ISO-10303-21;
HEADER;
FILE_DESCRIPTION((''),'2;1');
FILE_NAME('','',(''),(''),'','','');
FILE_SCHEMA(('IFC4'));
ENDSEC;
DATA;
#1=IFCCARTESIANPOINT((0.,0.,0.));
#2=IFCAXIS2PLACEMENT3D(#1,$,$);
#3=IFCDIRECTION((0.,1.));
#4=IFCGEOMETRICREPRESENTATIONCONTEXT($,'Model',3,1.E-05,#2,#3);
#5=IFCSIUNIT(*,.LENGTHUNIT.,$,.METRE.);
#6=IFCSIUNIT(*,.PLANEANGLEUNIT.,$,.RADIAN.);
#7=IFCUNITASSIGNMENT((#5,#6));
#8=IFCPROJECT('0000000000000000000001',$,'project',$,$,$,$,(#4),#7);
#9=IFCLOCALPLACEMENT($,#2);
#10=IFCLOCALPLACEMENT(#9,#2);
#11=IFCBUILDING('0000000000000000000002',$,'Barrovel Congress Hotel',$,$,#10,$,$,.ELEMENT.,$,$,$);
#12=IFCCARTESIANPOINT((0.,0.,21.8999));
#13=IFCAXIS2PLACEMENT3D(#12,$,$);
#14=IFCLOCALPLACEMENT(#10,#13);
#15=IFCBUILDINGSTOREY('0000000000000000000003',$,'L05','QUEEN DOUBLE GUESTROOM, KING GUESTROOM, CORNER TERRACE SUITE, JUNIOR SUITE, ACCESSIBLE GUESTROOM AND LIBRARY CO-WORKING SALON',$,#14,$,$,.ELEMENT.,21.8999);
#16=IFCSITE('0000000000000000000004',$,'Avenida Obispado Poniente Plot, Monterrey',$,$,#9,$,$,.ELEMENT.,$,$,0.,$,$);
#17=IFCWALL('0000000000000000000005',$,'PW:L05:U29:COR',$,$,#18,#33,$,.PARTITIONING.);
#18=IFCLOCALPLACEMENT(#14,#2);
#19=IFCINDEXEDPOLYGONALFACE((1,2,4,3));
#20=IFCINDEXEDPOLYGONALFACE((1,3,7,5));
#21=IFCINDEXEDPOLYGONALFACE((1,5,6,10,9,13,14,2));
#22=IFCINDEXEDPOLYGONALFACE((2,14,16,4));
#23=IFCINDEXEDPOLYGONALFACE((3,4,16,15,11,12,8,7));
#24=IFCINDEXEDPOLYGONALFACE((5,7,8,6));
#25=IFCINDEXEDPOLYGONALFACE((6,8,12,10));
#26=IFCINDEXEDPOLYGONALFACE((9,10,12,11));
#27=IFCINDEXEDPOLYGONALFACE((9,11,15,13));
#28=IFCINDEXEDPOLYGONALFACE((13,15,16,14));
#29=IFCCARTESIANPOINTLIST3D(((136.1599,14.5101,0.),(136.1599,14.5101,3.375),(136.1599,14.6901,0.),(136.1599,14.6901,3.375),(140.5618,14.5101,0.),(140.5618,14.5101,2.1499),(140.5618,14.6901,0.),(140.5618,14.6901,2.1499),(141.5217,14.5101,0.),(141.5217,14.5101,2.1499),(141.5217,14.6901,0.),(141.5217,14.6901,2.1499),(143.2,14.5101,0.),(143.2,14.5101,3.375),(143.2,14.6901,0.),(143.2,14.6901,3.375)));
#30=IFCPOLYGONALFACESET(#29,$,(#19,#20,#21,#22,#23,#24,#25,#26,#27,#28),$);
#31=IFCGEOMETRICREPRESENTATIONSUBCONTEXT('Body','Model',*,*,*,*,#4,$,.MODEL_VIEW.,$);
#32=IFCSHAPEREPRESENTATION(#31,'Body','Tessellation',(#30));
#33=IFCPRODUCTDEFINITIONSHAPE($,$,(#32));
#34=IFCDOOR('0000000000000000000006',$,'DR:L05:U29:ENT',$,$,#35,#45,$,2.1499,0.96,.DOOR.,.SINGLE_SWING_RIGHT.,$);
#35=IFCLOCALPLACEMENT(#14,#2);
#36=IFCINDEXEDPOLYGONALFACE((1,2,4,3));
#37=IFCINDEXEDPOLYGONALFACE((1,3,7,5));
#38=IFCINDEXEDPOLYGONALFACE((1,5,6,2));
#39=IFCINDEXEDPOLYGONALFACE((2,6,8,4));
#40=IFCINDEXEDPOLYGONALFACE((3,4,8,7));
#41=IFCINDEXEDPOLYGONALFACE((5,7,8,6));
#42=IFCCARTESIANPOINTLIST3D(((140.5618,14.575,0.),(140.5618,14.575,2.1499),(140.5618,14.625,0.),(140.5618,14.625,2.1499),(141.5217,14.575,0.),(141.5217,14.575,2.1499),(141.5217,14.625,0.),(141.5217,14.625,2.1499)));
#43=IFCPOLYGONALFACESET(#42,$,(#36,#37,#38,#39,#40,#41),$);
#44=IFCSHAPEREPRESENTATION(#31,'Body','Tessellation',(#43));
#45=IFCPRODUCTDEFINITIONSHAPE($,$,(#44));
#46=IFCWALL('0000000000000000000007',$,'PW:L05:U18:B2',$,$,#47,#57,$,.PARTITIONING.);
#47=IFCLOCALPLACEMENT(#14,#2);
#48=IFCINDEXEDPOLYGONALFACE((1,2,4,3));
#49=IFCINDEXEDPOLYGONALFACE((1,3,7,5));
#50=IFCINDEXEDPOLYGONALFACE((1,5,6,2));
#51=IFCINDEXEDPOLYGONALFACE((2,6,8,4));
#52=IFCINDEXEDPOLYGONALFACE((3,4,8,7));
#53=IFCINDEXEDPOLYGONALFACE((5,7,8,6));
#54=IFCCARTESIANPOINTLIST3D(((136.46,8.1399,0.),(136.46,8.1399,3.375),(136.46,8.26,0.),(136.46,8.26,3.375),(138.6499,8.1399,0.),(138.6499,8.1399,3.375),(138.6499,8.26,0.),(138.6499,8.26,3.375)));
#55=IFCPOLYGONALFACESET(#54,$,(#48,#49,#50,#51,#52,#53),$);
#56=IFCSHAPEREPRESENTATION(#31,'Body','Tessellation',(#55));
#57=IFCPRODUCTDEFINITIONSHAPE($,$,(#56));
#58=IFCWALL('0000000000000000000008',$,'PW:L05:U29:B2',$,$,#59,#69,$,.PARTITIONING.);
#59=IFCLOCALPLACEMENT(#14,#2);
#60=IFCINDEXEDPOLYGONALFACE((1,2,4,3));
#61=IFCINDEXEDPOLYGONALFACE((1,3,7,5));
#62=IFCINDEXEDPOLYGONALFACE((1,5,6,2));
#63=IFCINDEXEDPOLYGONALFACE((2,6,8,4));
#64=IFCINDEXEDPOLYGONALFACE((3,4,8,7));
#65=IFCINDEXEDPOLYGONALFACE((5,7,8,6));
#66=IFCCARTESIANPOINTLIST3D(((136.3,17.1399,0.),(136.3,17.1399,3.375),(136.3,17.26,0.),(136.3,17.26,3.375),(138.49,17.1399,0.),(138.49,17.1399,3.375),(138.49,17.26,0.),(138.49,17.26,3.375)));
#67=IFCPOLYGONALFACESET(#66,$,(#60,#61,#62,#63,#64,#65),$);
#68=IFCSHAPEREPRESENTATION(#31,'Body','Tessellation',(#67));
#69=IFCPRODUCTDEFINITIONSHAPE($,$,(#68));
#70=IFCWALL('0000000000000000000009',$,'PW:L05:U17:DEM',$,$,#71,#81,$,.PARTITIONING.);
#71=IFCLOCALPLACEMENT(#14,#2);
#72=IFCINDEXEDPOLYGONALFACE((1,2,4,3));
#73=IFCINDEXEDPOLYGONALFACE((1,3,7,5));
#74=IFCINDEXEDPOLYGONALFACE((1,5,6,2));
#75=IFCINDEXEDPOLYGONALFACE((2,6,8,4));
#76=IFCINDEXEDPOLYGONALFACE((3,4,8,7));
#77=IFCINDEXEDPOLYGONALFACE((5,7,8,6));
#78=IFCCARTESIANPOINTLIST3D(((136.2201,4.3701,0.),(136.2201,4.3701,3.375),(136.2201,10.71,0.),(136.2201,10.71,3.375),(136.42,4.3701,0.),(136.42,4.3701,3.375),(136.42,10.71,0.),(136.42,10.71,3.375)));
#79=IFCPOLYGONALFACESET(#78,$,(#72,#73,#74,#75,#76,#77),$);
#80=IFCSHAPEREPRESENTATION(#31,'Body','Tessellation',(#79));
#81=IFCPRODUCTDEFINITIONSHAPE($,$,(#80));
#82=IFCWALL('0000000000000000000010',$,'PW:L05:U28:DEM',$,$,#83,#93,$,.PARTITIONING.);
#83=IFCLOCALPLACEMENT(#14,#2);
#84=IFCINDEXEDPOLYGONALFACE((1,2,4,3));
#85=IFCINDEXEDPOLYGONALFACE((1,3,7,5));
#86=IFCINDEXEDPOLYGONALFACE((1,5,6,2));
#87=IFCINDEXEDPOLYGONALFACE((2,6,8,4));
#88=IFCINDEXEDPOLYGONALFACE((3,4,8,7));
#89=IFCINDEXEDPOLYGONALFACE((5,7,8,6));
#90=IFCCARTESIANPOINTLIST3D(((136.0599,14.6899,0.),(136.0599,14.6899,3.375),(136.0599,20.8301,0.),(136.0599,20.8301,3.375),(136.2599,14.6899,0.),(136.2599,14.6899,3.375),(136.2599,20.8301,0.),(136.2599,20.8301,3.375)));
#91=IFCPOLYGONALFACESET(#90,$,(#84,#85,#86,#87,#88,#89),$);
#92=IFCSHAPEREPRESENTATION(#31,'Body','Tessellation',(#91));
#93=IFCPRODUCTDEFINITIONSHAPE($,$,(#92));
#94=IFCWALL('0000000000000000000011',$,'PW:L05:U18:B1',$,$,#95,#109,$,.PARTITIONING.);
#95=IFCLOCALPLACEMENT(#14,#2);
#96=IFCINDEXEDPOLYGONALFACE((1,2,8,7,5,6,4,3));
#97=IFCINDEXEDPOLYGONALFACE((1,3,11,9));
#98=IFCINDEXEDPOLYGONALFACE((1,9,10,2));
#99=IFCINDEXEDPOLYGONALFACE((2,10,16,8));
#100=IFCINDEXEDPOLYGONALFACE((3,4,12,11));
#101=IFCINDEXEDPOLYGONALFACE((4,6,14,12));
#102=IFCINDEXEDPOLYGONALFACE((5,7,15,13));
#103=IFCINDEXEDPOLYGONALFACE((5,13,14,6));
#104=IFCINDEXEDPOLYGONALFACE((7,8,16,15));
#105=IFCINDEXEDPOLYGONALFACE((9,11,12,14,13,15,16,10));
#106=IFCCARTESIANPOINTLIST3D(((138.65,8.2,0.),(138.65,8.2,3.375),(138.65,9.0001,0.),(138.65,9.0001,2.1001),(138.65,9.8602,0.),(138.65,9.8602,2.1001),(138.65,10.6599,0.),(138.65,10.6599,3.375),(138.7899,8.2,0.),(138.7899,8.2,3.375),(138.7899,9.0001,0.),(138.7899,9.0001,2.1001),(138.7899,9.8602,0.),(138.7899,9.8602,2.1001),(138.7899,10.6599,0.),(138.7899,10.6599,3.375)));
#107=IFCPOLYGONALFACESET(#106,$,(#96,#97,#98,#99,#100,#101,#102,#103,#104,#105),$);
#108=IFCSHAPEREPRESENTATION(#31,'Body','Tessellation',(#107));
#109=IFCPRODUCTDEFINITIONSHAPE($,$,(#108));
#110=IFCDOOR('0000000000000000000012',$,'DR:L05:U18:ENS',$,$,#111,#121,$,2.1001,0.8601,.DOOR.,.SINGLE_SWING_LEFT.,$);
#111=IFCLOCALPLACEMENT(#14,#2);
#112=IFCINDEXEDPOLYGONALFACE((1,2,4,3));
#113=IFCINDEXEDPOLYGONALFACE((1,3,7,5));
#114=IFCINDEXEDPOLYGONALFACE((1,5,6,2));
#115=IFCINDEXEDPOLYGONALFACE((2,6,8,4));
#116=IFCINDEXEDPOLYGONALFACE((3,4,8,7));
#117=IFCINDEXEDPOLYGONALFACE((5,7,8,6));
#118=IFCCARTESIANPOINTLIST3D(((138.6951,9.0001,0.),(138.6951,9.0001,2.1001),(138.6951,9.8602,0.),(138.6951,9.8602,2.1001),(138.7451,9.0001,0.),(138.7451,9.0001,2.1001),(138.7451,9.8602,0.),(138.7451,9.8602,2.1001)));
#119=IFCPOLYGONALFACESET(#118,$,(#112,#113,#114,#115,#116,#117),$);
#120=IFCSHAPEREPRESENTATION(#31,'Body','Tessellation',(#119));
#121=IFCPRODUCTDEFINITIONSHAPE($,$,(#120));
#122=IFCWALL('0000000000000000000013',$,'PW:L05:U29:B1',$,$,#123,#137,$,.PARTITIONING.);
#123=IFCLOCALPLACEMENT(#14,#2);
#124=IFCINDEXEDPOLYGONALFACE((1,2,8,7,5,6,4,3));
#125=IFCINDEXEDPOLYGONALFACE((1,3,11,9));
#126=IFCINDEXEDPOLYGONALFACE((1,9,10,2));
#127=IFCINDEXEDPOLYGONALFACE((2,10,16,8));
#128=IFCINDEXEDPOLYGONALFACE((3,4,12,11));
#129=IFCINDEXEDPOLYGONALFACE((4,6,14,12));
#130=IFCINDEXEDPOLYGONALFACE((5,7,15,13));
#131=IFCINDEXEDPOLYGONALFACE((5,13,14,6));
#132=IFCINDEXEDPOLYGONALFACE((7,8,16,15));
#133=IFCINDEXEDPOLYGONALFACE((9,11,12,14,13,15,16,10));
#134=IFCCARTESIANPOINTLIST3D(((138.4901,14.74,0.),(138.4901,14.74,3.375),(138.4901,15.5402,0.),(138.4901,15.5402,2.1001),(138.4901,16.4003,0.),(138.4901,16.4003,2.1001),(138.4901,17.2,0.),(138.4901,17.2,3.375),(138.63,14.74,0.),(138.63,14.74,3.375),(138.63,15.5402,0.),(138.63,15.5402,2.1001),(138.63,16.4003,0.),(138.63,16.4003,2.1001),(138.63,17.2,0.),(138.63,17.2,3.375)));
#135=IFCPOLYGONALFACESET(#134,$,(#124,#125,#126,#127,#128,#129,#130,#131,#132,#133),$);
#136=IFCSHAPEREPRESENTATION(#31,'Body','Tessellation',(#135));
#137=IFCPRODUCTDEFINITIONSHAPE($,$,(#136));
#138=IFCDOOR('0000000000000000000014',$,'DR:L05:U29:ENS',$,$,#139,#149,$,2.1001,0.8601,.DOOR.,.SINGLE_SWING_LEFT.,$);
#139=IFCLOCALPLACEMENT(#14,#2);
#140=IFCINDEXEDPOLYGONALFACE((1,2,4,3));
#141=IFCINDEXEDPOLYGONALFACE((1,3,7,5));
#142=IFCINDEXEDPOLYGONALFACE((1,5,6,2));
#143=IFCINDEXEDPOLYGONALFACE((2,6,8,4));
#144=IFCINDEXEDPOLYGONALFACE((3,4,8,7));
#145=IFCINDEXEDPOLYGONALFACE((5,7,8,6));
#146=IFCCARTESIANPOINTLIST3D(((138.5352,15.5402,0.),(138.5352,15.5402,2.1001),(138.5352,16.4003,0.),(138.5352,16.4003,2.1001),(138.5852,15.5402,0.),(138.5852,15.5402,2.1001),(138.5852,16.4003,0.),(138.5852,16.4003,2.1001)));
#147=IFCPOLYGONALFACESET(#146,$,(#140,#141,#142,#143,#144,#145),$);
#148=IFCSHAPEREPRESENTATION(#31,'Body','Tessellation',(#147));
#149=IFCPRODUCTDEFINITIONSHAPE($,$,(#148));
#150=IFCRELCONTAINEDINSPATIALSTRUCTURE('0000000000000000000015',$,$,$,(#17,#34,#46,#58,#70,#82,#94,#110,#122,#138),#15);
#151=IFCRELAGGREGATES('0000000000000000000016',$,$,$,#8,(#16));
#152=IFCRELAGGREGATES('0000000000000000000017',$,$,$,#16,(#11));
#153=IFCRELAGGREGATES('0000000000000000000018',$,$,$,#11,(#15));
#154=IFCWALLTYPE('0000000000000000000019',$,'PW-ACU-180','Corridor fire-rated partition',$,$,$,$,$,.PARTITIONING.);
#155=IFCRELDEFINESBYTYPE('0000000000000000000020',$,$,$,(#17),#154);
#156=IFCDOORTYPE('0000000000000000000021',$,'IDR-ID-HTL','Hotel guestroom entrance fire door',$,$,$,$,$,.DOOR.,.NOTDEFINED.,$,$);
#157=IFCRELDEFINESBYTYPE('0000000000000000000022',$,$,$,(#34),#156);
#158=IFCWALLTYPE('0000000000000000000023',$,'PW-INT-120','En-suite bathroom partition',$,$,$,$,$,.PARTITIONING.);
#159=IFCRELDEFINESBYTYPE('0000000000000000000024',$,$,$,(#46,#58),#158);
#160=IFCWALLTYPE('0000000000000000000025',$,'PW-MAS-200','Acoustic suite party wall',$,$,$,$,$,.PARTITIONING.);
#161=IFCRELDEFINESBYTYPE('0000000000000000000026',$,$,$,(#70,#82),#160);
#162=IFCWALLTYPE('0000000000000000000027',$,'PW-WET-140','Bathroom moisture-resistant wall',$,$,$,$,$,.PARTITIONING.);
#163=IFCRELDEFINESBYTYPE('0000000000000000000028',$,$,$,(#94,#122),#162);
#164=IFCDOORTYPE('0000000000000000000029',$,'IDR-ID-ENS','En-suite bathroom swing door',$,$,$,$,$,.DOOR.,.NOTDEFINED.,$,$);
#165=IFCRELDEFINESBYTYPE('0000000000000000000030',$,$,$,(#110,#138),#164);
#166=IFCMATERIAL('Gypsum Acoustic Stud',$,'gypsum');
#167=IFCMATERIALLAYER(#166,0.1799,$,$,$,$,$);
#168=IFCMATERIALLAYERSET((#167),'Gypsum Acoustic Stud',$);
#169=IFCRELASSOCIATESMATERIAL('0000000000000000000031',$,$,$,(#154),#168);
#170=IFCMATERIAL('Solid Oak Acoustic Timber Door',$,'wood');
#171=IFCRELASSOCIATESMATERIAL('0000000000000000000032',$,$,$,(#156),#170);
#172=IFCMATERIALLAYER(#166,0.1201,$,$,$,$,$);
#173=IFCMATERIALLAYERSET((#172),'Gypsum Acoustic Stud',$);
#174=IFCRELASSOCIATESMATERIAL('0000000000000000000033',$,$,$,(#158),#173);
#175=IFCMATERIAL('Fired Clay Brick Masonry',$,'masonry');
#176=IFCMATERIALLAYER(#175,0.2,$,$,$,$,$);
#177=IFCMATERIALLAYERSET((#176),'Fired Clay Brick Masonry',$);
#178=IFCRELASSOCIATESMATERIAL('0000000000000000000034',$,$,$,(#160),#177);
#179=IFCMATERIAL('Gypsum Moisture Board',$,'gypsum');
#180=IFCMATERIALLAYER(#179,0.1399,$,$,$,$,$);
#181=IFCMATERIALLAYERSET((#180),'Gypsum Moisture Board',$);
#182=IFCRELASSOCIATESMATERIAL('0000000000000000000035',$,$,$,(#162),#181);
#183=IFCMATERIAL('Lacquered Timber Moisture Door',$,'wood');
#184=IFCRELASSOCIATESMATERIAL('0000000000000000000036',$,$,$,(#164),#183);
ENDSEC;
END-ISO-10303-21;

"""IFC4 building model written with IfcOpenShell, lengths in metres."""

from ifc_helpers import new_model, si_unit, direction, frame, frame_2d, origin, place, context, subcontext, project, spatial, rectangle, extrude, material, layer, layer_set, type_object, element, fill, save


model = new_model("IFC4")

# Units and contexts
model_context = context("Model", 3, precision=1e-05, world=origin(), true_north=direction((0.0, 1.0)))
body_context = subcontext(model_context, "Body", "Model", "MODEL_VIEW")
ifc_project = project(units=[si_unit("LENGTHUNIT", "METRE"), si_unit("PLANEANGLEUNIT", "RADIAN")], contexts=[model_context])

# Site, building, storey
site_placement = place(None, origin())
site = spatial("IfcSite", under=ifc_project, at=site_placement, Name="Avenida Obispado Poniente Plot, Monterrey", CompositionType="ELEMENT", RefElevation=0.0)
building_placement = place(site_placement, origin())
building = spatial("IfcBuilding", under=site, at=building_placement, Name="Barrovel Congress Hotel", CompositionType="ELEMENT")
storey_placement = place(building_placement, frame((0.0, 0.0, 21.8999)))
storey = spatial("IfcBuildingStorey", under=building, at=storey_placement, Name="L05", Description="QUEEN DOUBLE GUESTROOM, KING GUESTROOM, CORNER TERRACE SUITE, JUNIOR SUITE, ACCESSIBLE GUESTROOM AND LIBRARY CO-WORKING SALON", CompositionType="ELEMENT", Elevation=21.8999)

# Shared definitions
ifc_material_1 = material(Name="Fired Clay Brick Masonry", Category="masonry")

# Wall, opening, door
ifc_material_2 = material(Name="Gypsum Acoustic Stud", Category="gypsum")
ifc_layer_1 = layer(ifc_material_2, 0.1799)
ifc_layer_set_1 = layer_set([ifc_layer_1], Name="Gypsum Acoustic Stud")
wall_type_1 = type_object("IfcWallType", Name="PW-ACU-180", Description="Corridor fire-rated partition", PredefinedType="PARTITIONING", material=ifc_layer_set_1)
ifc_material_3 = material(Name="Solid Oak Acoustic Timber Door", Category="wood")
door_type_1 = type_object("IfcDoorType", Name="IDR-ID-HTL", Description="Hotel guestroom entrance fire door", OperationType="NOTDEFINED", PredefinedType="DOOR", material=ifc_material_3)
wall_1_placement = place(storey_placement, frame((136.1599, 14.6001, 0.0), z_axis=(0.0, 0.0, 1.0), x_axis=(1.0, 0.0, 0.0)))
wall_1 = element("IfcWall", 1, at=wall_1_placement, inside=storey, type_object=wall_type_1, Name="PW:L05:U29:COR", PredefinedType="PARTITIONING", context=body_context, shape_type="SweptSolid", body=[
    extrude(rectangle(XDim=7.04, YDim=0.1799, at=frame_2d((3.52, 0.0))), origin(), (0.0, 0.0, 1.0), 3.375),
])
opening_1_placement = place(wall_1_placement, frame((4.4019, 0.0, 0.0)))
opening_1 = element("IfcOpeningElement", 2, at=opening_1_placement, cuts=wall_1, PredefinedType="OPENING", context=body_context, shape_type="SweptSolid", body=[
    extrude(rectangle(XDim=0.96, YDim=2.1499, at=frame_2d((0.48, 1.075))), frame((0.0, 0.1001, 0.0), z_axis=(0.0, -1.0, 0.0), x_axis=(1.0, 0.0, 0.0)), (0.0, 0.0, 1.0), 0.2),
])
door_1_placement = place(opening_1_placement, origin())
door_1 = element("IfcDoor", 3, at=door_1_placement, inside=storey, type_object=door_type_1, Name="DR:L05:U29:ENT", OperationType="SINGLE_SWING_RIGHT", OverallHeight=2.1499, OverallWidth=0.96, PredefinedType="DOOR", context=body_context, shape_type="SweptSolid", body=[
    extrude(rectangle(XDim=0.96, YDim=2.1499, at=frame_2d((0.48, 1.075))), frame((0.0, 0.0249, 0.0), z_axis=(0.0, -1.0, 0.0), x_axis=(1.0, 0.0, 0.0)), (0.0, 0.0, 1.0), 0.05),
])
fill(opening_1, door_1)

# Walls
ifc_layer_2 = layer(ifc_material_2, 0.1201)
ifc_layer_set_2 = layer_set([ifc_layer_2], Name="Gypsum Acoustic Stud")
wall_type_2 = type_object("IfcWallType", Name="PW-INT-120", Description="En-suite bathroom partition", PredefinedType="PARTITIONING", material=ifc_layer_set_2)
for number, where, z_axis, x_axis, name in (
    (4, (136.46, 8.2, 0.0), (0.0, 0.0, 1.0), (1.0, 0.0, 0.0), "PW:L05:U18:B2"),
    (5, (136.3, 17.2, 0.0), (0.0, 0.0, 1.0), (1.0, 0.0, 0.0), "PW:L05:U29:B2"),
):
    element("IfcWall", number, at=place(storey_placement, frame(where, z_axis=z_axis, x_axis=x_axis)), inside=storey, type_object=wall_type_2, Name=name, PredefinedType="PARTITIONING", context=body_context, shape_type="SweptSolid", body=[
        extrude(rectangle(XDim=2.1899, YDim=0.1201, at=frame_2d((1.095, 0.0))), origin(), (0.0, 0.0, 1.0), 3.375),
    ])
ifc_layer_3 = layer(ifc_material_1, 0.2)
ifc_layer_set_3 = layer_set([ifc_layer_3], Name="Fired Clay Brick Masonry")
wall_type_3 = type_object("IfcWallType", Name="PW-MAS-200", Description="Acoustic suite party wall", PredefinedType="PARTITIONING", material=ifc_layer_set_3)
wall_2_placement = place(storey_placement, frame((136.3201, 4.3701, 0.0), z_axis=(0.0, 0.0, 1.0), x_axis=(0.0, 1.0, 0.0)))
element("IfcWall", 6, at=wall_2_placement, inside=storey, type_object=wall_type_3, Name="PW:L05:U17:DEM", PredefinedType="PARTITIONING", context=body_context, shape_type="SweptSolid", body=[
    extrude(rectangle(XDim=6.3398, YDim=0.2, at=frame_2d((3.1699, 0.0))), origin(), (0.0, 0.0, 1.0), 3.375),
])
wall_3_placement = place(storey_placement, frame((136.1599, 14.6899, 0.0), z_axis=(0.0, 0.0, 1.0), x_axis=(0.0, 1.0, 0.0)))
element("IfcWall", 7, at=wall_3_placement, inside=storey, type_object=wall_type_3, Name="PW:L05:U28:DEM", PredefinedType="PARTITIONING", context=body_context, shape_type="SweptSolid", body=[
    extrude(rectangle(XDim=6.1401, YDim=0.2, at=frame_2d((3.0701, 0.0))), origin(), (0.0, 0.0, 1.0), 3.375),
])

# Walls, openings, doors
ifc_material_4 = material(Name="Gypsum Moisture Board", Category="gypsum")
ifc_layer_4 = layer(ifc_material_4, 0.1399)
ifc_layer_set_4 = layer_set([ifc_layer_4], Name="Gypsum Moisture Board")
wall_type_4 = type_object("IfcWallType", Name="PW-WET-140", Description="Bathroom moisture-resistant wall", PredefinedType="PARTITIONING", material=ifc_layer_set_4)
wall_4_placement = place(storey_placement, frame((138.72, 8.2, 0.0), z_axis=(0.0, 0.0, 1.0), x_axis=(0.0, 1.0, 0.0)))
wall_4 = element("IfcWall", 8, at=wall_4_placement, inside=storey, type_object=wall_type_4, Name="PW:L05:U18:B1", PredefinedType="PARTITIONING", context=body_context, shape_type="SweptSolid", body=[
    extrude(rectangle(XDim=2.46, YDim=0.1399, at=frame_2d((1.23, 0.0))), origin(), (0.0, 0.0, 1.0), 3.375),
])
opening_2_placement = place(wall_4_placement, frame((0.8, 0.0, 0.0)))
opening_2 = element("IfcOpeningElement", 9, at=opening_2_placement, cuts=wall_4, PredefinedType="OPENING", context=body_context, shape_type="SweptSolid", body=[
    extrude(rectangle(XDim=0.8601, YDim=2.1001, at=frame_2d((0.4302, 1.05))), frame((0.0, 0.0801, 0.0), z_axis=(0.0, -1.0, 0.0), x_axis=(1.0, 0.0, 0.0)), (0.0, 0.0, 1.0), 0.1599),
])
ifc_material_5 = material(Name="Lacquered Timber Moisture Door", Category="wood")
door_type_2 = type_object("IfcDoorType", Name="IDR-ID-ENS", Description="En-suite bathroom swing door", OperationType="NOTDEFINED", PredefinedType="DOOR", material=ifc_material_5)
door_2_placement = place(opening_2_placement, origin())
door_2 = element("IfcDoor", 10, at=door_2_placement, inside=storey, type_object=door_type_2, Name="DR:L05:U18:ENS", OperationType="SINGLE_SWING_LEFT", OverallHeight=2.1001, OverallWidth=0.8601, PredefinedType="DOOR", context=body_context, shape_type="SweptSolid", body=[
    extrude(rectangle(XDim=0.8601, YDim=2.1001, at=frame_2d((0.4302, 1.05))), frame((0.0, 0.0249, 0.0), z_axis=(0.0, -1.0, 0.0), x_axis=(1.0, 0.0, 0.0)), (0.0, 0.0, 1.0), 0.05),
])
fill(opening_2, door_2)
wall_5_placement = place(storey_placement, frame((138.5601, 14.74, 0.0), z_axis=(0.0, 0.0, 1.0), x_axis=(0.0, 1.0, 0.0)))
wall_5 = element("IfcWall", 11, at=wall_5_placement, inside=storey, type_object=wall_type_4, Name="PW:L05:U29:B1", PredefinedType="PARTITIONING", context=body_context, shape_type="SweptSolid", body=[
    extrude(rectangle(XDim=2.46, YDim=0.1399, at=frame_2d((1.23, 0.0))), origin(), (0.0, 0.0, 1.0), 3.375),
])
opening_3_placement = place(wall_5_placement, frame((0.8, 0.0, 0.0)))
opening_3 = element("IfcOpeningElement", 12, at=opening_3_placement, cuts=wall_5, PredefinedType="OPENING", context=body_context, shape_type="SweptSolid", body=[
    extrude(rectangle(XDim=0.8601, YDim=2.1001, at=frame_2d((0.4302, 1.05))), frame((0.0, 0.0801, 0.0), z_axis=(0.0, -1.0, 0.0), x_axis=(1.0, 0.0, 0.0)), (0.0, 0.0, 1.0), 0.1599),
])
door_3_placement = place(opening_3_placement, origin())
door_3 = element("IfcDoor", 13, at=door_3_placement, inside=storey, type_object=door_type_2, Name="DR:L05:U29:ENS", OperationType="SINGLE_SWING_LEFT", OverallHeight=2.1001, OverallWidth=0.8601, PredefinedType="DOOR", context=body_context, shape_type="SweptSolid", body=[
    extrude(rectangle(XDim=0.8601, YDim=2.1001, at=frame_2d((0.4302, 1.05))), frame((0.0, 0.0249, 0.0), z_axis=(0.0, -1.0, 0.0), x_axis=(1.0, 0.0, 0.0)), (0.0, 0.0, 1.0), 0.05),
])
fill(opening_3, door_3)

save(model, "model.ifc")
